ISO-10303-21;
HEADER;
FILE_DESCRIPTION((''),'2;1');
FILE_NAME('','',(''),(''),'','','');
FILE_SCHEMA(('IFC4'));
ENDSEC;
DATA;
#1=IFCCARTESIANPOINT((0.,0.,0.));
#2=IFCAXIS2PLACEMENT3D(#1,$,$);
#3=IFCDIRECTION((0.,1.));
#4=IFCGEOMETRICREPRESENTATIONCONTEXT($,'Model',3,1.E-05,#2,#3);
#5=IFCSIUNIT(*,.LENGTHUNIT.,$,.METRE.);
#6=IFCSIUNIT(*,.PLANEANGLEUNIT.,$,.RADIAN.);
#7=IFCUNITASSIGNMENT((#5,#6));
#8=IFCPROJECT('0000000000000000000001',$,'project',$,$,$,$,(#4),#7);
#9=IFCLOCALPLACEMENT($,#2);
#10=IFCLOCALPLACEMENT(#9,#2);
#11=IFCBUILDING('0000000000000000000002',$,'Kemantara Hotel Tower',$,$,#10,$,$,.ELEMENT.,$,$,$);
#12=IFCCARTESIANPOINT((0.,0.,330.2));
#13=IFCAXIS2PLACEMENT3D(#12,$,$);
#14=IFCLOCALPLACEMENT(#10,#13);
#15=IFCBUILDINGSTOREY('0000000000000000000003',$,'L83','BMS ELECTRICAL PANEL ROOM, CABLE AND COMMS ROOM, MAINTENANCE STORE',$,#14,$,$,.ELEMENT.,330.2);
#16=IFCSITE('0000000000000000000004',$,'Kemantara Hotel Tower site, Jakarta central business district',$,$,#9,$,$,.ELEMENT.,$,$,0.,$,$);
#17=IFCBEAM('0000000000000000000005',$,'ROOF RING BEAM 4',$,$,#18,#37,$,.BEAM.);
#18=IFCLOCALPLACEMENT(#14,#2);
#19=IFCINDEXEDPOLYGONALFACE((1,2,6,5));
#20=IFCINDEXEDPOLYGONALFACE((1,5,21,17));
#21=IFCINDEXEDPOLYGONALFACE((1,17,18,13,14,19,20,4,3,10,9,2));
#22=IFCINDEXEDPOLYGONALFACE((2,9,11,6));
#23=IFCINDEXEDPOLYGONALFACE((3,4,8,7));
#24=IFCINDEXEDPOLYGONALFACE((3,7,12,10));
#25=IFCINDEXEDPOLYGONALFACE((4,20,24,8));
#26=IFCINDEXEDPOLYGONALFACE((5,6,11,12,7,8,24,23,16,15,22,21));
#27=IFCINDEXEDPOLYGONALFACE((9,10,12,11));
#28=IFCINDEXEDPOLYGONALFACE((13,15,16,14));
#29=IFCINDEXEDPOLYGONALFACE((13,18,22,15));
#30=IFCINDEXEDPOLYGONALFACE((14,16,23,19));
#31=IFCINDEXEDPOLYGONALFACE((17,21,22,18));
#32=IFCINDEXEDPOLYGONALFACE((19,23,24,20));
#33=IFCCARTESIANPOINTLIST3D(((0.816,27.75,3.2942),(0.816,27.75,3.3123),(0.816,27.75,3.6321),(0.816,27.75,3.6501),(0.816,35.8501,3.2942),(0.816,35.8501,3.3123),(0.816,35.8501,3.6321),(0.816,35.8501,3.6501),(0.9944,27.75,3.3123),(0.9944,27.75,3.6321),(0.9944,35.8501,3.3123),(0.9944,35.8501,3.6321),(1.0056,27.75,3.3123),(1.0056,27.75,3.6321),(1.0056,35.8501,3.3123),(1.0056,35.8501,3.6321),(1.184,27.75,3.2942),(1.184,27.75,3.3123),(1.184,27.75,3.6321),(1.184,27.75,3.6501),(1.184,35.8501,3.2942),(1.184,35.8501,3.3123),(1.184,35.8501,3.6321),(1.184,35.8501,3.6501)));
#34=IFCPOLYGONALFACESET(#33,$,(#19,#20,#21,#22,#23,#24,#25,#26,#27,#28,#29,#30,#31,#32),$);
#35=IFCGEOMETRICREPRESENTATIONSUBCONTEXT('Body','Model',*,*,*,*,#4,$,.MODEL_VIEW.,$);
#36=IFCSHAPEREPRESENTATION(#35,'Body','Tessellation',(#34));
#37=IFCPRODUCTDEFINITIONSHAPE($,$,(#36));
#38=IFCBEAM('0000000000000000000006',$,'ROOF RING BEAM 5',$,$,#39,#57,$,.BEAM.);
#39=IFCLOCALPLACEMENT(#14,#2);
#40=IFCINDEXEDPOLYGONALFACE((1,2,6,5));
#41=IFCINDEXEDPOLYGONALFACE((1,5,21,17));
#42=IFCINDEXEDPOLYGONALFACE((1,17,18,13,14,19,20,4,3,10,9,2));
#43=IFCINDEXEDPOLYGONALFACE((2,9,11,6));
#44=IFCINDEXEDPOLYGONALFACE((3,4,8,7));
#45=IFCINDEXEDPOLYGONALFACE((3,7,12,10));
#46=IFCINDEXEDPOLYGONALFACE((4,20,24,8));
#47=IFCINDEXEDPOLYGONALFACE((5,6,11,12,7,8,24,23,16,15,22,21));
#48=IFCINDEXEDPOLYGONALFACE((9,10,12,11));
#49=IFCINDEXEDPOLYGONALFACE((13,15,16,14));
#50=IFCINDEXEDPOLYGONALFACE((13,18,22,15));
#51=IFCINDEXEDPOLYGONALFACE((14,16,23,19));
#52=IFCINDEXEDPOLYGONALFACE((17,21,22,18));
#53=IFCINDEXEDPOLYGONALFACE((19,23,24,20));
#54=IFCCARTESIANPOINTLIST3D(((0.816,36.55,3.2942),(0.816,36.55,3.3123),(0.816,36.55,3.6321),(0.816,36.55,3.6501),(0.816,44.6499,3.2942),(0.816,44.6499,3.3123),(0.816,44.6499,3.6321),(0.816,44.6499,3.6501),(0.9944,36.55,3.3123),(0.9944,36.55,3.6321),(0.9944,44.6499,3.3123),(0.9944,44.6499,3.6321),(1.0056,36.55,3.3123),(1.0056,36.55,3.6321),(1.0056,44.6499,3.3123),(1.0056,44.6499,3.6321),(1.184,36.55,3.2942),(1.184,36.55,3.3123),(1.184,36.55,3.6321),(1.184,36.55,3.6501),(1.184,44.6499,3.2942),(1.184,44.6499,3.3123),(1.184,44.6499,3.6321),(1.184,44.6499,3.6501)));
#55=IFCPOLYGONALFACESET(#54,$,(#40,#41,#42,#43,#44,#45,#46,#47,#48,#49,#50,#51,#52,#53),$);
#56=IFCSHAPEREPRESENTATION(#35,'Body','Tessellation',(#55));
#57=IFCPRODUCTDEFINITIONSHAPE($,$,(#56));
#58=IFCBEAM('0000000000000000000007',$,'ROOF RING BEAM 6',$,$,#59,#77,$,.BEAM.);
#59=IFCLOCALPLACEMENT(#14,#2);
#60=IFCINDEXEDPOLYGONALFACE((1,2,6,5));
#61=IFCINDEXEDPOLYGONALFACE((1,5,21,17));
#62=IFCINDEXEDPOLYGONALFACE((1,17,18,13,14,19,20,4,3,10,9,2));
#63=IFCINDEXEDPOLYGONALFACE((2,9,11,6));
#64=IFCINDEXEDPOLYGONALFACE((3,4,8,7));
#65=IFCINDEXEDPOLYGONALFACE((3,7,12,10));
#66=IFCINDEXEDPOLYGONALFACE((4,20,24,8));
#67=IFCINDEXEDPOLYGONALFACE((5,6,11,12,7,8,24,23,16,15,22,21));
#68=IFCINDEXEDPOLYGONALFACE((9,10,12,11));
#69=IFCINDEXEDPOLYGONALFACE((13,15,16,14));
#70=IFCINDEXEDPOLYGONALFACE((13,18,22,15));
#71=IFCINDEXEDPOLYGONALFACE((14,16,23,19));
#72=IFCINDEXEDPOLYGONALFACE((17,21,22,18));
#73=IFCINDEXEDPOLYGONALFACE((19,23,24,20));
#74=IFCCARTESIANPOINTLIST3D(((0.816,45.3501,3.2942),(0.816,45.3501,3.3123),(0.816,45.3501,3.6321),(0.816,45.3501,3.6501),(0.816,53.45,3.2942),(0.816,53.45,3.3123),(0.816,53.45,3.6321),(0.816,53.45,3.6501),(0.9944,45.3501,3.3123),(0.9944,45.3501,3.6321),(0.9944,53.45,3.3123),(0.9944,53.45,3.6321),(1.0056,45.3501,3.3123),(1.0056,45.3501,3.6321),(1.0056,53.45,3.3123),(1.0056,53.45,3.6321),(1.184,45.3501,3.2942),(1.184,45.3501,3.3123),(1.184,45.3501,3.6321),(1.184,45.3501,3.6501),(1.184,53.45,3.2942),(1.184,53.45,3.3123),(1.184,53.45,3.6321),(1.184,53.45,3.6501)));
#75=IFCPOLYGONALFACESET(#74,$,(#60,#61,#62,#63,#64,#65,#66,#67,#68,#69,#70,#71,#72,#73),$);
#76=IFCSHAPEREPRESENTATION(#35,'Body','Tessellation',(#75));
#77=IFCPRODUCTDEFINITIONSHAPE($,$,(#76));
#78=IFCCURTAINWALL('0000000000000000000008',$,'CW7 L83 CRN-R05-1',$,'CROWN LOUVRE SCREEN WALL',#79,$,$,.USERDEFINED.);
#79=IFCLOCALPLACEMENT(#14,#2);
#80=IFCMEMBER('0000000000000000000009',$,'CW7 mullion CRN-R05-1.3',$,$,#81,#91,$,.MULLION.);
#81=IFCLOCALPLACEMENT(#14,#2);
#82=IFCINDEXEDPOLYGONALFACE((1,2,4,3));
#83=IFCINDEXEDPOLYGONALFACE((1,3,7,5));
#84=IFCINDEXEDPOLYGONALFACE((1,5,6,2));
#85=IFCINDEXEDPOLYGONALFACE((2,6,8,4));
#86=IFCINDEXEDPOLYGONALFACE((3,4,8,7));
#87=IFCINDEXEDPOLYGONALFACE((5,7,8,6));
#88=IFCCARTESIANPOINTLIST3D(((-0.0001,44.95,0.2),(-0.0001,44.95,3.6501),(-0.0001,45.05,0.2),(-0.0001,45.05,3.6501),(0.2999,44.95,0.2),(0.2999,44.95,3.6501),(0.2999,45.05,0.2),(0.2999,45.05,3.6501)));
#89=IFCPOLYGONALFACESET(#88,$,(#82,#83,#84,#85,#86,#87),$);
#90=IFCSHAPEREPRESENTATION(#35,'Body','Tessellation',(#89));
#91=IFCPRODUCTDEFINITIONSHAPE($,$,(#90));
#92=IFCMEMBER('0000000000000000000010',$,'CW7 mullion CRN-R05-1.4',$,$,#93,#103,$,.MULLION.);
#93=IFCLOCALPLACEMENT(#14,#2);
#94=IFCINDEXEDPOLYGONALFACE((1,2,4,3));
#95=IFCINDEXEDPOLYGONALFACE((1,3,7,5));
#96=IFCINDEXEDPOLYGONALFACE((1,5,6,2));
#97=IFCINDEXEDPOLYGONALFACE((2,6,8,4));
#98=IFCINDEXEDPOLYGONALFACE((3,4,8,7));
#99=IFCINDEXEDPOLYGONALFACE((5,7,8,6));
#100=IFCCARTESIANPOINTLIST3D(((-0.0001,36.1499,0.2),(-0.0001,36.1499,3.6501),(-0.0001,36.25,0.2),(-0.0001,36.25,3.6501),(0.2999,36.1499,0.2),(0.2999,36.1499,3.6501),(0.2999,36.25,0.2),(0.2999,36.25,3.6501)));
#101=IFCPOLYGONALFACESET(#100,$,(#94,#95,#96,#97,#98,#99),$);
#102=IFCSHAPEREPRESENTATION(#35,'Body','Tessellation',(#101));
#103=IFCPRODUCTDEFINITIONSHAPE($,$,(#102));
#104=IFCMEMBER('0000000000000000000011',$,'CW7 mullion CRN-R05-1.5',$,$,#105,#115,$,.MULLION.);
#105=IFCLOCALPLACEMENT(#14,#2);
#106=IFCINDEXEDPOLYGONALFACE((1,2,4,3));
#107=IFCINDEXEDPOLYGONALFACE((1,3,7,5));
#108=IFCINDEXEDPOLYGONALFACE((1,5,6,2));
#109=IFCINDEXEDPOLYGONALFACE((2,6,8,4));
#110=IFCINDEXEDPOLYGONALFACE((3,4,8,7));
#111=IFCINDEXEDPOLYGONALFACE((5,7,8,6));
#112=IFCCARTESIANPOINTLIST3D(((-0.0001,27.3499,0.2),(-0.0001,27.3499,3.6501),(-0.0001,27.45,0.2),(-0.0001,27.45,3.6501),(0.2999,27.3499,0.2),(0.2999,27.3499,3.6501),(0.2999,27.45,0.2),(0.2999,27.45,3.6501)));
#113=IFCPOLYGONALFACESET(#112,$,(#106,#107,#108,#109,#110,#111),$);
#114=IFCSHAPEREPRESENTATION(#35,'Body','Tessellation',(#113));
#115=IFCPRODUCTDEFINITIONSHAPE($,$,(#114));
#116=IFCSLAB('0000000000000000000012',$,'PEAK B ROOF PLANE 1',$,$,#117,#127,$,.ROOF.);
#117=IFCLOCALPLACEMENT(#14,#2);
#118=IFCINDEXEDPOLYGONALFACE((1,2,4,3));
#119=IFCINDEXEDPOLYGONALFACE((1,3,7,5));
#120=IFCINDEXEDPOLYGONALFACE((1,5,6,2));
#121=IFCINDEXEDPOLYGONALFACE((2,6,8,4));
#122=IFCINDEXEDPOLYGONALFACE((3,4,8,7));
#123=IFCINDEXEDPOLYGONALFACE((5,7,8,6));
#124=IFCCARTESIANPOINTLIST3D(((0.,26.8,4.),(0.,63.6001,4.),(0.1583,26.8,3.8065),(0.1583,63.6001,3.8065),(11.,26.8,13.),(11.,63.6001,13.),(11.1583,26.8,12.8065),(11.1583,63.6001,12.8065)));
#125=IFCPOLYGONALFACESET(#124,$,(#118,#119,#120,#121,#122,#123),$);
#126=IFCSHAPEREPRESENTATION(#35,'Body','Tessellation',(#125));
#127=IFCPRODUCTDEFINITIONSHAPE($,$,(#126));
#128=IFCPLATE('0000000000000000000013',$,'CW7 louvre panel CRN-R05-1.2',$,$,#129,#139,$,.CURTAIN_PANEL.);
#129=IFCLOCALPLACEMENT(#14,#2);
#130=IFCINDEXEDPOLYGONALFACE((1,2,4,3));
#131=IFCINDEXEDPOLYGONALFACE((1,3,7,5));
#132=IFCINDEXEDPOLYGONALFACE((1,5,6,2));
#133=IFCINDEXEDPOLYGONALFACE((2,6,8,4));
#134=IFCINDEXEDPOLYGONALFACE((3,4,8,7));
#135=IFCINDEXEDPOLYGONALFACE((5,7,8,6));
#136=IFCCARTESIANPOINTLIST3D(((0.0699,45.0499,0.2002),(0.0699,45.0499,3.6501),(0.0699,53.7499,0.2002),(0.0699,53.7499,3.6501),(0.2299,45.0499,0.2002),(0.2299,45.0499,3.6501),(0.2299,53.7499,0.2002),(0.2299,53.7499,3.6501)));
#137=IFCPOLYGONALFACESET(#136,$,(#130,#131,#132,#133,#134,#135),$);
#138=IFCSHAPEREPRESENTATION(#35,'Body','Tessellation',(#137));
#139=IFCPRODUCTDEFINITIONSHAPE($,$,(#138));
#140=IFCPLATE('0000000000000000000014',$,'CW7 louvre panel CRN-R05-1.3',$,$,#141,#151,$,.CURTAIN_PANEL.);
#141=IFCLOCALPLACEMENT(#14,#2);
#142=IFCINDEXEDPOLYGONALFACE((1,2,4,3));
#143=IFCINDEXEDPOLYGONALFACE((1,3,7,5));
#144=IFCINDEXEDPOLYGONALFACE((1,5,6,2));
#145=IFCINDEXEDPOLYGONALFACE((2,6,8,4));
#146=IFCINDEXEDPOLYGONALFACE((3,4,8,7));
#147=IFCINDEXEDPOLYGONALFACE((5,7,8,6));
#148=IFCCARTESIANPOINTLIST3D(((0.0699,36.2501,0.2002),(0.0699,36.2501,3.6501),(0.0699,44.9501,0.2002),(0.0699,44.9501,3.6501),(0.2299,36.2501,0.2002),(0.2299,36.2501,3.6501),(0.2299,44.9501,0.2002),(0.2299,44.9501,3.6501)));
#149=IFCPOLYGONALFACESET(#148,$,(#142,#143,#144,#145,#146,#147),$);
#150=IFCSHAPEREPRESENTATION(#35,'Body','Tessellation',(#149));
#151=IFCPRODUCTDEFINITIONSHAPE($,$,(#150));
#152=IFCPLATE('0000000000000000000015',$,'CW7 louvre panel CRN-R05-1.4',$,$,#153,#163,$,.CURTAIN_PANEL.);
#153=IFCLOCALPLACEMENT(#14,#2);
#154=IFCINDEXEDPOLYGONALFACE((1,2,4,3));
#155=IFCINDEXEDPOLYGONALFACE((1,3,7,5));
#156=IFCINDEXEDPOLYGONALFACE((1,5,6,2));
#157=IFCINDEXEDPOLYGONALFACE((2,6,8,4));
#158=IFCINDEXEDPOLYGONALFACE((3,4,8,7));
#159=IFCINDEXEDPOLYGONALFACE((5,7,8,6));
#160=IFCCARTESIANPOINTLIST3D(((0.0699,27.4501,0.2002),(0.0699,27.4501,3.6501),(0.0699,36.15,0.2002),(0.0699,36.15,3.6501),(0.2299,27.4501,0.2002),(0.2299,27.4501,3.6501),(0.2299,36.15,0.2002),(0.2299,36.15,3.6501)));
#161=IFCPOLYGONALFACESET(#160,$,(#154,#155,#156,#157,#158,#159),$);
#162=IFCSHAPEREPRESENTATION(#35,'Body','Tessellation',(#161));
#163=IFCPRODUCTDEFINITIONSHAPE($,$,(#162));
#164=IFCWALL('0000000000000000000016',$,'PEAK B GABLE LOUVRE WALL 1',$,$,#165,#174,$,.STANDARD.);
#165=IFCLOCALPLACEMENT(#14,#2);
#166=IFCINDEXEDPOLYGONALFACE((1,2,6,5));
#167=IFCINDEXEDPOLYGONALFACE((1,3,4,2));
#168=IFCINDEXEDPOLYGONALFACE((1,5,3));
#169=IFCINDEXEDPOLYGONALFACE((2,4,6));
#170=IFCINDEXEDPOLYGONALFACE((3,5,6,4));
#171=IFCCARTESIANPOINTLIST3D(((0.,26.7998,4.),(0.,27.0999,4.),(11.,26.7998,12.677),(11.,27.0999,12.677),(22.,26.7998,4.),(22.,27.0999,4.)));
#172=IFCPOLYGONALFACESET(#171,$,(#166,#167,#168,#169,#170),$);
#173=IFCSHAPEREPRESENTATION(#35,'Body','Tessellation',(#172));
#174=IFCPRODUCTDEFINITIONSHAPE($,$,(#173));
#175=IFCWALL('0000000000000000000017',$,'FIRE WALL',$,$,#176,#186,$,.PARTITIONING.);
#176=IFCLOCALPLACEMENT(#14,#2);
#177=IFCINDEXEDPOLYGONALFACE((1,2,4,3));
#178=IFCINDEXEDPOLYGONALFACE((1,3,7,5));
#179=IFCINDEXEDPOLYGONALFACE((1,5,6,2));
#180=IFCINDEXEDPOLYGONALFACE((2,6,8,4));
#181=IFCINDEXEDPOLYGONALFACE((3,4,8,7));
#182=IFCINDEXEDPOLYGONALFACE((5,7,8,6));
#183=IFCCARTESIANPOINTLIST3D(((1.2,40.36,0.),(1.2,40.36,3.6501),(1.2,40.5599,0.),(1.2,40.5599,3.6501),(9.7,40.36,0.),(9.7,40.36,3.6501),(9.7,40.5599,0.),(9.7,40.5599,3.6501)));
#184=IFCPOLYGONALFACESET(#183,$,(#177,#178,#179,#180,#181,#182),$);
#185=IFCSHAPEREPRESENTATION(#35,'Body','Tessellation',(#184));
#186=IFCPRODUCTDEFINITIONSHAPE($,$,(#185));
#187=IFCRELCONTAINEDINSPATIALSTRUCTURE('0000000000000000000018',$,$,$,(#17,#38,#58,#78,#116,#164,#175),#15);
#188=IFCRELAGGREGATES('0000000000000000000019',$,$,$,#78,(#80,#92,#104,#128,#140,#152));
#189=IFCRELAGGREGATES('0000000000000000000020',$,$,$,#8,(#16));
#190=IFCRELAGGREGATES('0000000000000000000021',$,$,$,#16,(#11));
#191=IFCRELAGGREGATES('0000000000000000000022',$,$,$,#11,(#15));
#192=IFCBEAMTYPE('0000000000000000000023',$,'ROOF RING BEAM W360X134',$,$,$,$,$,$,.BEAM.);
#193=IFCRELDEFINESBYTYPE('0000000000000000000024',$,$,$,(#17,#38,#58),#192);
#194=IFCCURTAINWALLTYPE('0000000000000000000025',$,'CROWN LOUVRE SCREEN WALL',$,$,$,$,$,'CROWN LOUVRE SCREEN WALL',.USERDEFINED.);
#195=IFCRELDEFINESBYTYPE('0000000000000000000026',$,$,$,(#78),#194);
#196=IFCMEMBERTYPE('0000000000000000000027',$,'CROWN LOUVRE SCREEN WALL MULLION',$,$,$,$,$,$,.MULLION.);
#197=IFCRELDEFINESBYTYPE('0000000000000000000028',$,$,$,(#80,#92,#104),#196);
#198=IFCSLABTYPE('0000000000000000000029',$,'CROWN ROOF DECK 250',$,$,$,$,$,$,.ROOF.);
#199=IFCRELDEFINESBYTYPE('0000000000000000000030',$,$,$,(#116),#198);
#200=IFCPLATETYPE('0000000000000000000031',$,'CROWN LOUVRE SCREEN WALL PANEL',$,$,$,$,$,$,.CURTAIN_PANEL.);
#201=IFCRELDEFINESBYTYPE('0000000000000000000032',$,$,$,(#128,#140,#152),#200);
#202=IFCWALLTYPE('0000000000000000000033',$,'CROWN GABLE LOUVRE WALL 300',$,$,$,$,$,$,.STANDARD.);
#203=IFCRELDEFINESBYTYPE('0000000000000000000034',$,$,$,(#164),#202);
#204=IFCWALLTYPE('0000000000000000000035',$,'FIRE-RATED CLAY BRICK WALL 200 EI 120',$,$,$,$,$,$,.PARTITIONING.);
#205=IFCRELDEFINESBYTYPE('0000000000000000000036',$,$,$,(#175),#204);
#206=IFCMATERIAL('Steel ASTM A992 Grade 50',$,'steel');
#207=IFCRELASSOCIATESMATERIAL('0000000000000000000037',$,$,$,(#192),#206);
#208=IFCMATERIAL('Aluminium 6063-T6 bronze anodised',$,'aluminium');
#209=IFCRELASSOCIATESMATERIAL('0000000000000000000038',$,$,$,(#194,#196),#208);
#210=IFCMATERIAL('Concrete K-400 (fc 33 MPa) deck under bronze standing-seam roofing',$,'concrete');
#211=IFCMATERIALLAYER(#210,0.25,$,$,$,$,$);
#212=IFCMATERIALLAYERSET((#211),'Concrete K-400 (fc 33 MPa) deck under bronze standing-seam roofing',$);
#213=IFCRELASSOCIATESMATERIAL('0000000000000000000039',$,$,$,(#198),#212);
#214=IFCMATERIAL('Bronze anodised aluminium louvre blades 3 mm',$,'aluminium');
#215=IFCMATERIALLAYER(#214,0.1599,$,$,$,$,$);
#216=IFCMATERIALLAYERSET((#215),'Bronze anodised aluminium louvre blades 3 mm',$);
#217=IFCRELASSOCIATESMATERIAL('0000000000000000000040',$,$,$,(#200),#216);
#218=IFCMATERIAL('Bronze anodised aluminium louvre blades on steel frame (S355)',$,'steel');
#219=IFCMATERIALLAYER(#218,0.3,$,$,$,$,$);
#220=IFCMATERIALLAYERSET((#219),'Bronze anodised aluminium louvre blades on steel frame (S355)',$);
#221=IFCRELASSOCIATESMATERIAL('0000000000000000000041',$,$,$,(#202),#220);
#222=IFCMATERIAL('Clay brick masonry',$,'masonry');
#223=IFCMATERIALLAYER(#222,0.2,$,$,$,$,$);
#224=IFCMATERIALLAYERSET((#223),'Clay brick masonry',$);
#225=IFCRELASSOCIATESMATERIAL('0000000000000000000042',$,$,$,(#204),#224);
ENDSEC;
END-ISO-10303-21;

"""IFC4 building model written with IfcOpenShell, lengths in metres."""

from ifc_helpers import new_model, si_unit, direction, frame, frame_2d, origin, origin_2d, place, context, subcontext, project, spatial, polyline, rectangle, i_section, outline, extrude, source, transform, mapped, material, layer, layer_set, material_profile, profile_set, type_object, element, aggregate, save


model = new_model("IFC4")

# Units and contexts
model_context = context("Model", 3, precision=1e-05, world=origin(), true_north=direction((0.0, 1.0)))
body_context = subcontext(model_context, "Body", "Model", "MODEL_VIEW")
ifc_project = project(units=[si_unit("LENGTHUNIT", "METRE"), si_unit("PLANEANGLEUNIT", "RADIAN")], contexts=[model_context])

# Site, building, storey
site_placement = place(None, origin())
site = spatial("IfcSite", under=ifc_project, at=site_placement, Name="Kemantara Hotel Tower site, Jakarta central business district", CompositionType="ELEMENT", RefElevation=0.0)
building_placement = place(site_placement, origin())
building = spatial("IfcBuilding", under=site, at=building_placement, Name="Kemantara Hotel Tower", CompositionType="ELEMENT")
storey_placement = place(building_placement, frame((0.0, 0.0, 330.2)))
storey = spatial("IfcBuildingStorey", under=building, at=storey_placement, Name="L83", Description="BMS ELECTRICAL PANEL ROOM, CABLE AND COMMS ROOM, MAINTENANCE STORE", CompositionType="ELEMENT", Elevation=330.2)

# Shared definitions
ifc_material_1 = material(Name="Steel ASTM A992 Grade 50", Category="steel")

# Beams
ifc_material_profile_1 = material_profile(ifc_material_1, i_section(OverallWidth=0.3679, OverallDepth=0.356, WebThickness=0.0112, FlangeThickness=0.0181, at=origin_2d()), Name="W360X134")
ifc_profile_set_1 = profile_set([ifc_material_profile_1], Name="Steel ASTM A992 Grade 50")
beam_type_1 = type_object("IfcBeamType", Name="ROOF RING BEAM W360X134", PredefinedType="BEAM", material=ifc_profile_set_1)
beam_1_placement = place(storey_placement, frame((1.0, 27.75, 3.4722), z_axis=(0.0, 1.0, 0.0), x_axis=(-1.0, 0.0, 0.0)))
element("IfcBeam", 1, at=beam_1_placement, inside=storey, type_object=beam_type_1, Name="ROOF RING BEAM 4", PredefinedType="BEAM", context=body_context, shape_type="SweptSolid", body=[
    extrude(i_section(OverallWidth=0.3679, OverallDepth=0.356, WebThickness=0.0112, FlangeThickness=0.0181, at=origin_2d()), origin(), (0.0, 0.0, 1.0), 8.1001),
])
for number, where, z_axis, x_axis, name in (
    (2, (1.0, 36.55, 3.4722), (0.0, 1.0, 0.0), (-1.0, 0.0, 0.0), "ROOF RING BEAM 5"),
    (3, (1.0, 45.3501, 3.4722), (0.0, 1.0, 0.0), (-1.0, 0.0, 0.0), "ROOF RING BEAM 6"),
):
    element("IfcBeam", number, at=place(storey_placement, frame(where, z_axis=z_axis, x_axis=x_axis)), inside=storey, type_object=beam_type_1, Name=name, PredefinedType="BEAM", context=body_context, shape_type="SweptSolid", body=[
        extrude(i_section(OverallWidth=0.3679, OverallDepth=0.356, WebThickness=0.0112, FlangeThickness=0.0181, at=origin_2d()), origin(), (0.0, 0.0, 1.0), 8.0999),
    ])

# Curtain wall, members
ifc_material_2 = material(Name="Aluminium 6063-T6 bronze anodised", Category="aluminium")
curtain_wall_type = type_object("IfcCurtainWallType", Name="CROWN LOUVRE SCREEN WALL", ElementType="CROWN LOUVRE SCREEN WALL", PredefinedType="USERDEFINED", material=ifc_material_2)
curtain_wall_placement = place(storey_placement, origin())
curtain_wall = element("IfcCurtainWall", 4, at=curtain_wall_placement, inside=storey, type_object=curtain_wall_type, Name="CW7 L83 CRN-R05-1", ObjectType="CROWN LOUVRE SCREEN WALL", PredefinedType="USERDEFINED")
ifc_material_profile_2 = material_profile(ifc_material_2, rectangle(XDim=0.3, YDim=0.1001, at=origin_2d()), Name="CROWN LOUVRE SCREEN WALL MULLION")
ifc_profile_set_2 = profile_set([ifc_material_profile_2], Name="Aluminium 6063-T6 bronze anodised")
member_type_1 = type_object("IfcMemberType", Name="CROWN LOUVRE SCREEN WALL MULLION", PredefinedType="MULLION", material=ifc_profile_set_2)
shared_shape_1 = source(origin(), body_context, "Body", "SweptSolid", [
    extrude(rectangle(XDim=0.3, YDim=0.1001, at=origin_2d()), origin(), (0.0, 0.0, 1.0), 3.4502),
])
member_1_placement = place(storey_placement, frame((0.1499, 45.0, 0.2), z_axis=(0.0, 0.0, 1.0), x_axis=(1.0, 0.0, 0.0)))
member_1 = element("IfcMember", 5, at=member_1_placement, type_object=member_type_1, Name="CW7 mullion CRN-R05-1.3", PredefinedType="MULLION", context=body_context, shape_type="MappedRepresentation", body=[
    mapped(shared_shape_1, transform((0.0, 0.0, 0.0))),
])
member_2_placement = place(storey_placement, frame((0.1499, 36.2, 0.2), z_axis=(0.0, 0.0, 1.0), x_axis=(1.0, 0.0, 0.0)))
member_2 = element("IfcMember", 6, at=member_2_placement, type_object=member_type_1, Name="CW7 mullion CRN-R05-1.4", PredefinedType="MULLION", context=body_context, shape_type="MappedRepresentation", body=[
    mapped(shared_shape_1, transform((0.0, 0.0, 0.0))),
])
member_3_placement = place(storey_placement, frame((0.1499, 27.3999, 0.2), z_axis=(0.0, 0.0, 1.0), x_axis=(1.0, 0.0, 0.0)))
member_3 = element("IfcMember", 7, at=member_3_placement, type_object=member_type_1, Name="CW7 mullion CRN-R05-1.5", PredefinedType="MULLION", context=body_context, shape_type="MappedRepresentation", body=[
    mapped(shared_shape_1, transform((0.0, 0.0, 0.0))),
])

# Slab
ifc_material_3 = material(Name="Concrete K-400 (fc 33 MPa) deck under bronze standing-seam roofing", Category="concrete")
ifc_layer_1 = layer(ifc_material_3, 0.25)
ifc_layer_set_1 = layer_set([ifc_layer_1], Name="Concrete K-400 (fc 33 MPa) deck under bronze standing-seam roofing")
slab_type = type_object("IfcSlabType", Name="CROWN ROOF DECK 250", PredefinedType="ROOF", material=ifc_layer_set_1)
slab_placement = place(storey_placement, frame((0.0, 26.8, 4.0), z_axis=(-0.633238, 0.0, 0.773957), x_axis=(0.773957, 0.0, 0.633238)))
element("IfcSlab", 8, at=slab_placement, inside=storey, type_object=slab_type, Name="PEAK B ROOF PLANE 1", PredefinedType="ROOF", context=body_context, shape_type="SweptSolid", body=[
    extrude(outline(polyline([(0.0, 0.0), (14.2127, 0.0), (14.2127, 36.8), (0.0, 36.8), (0.0, 0.0)])), origin(), (0.0, 0.0, -1.0), 0.25),
])

# Plates
ifc_material_4 = material(Name="Bronze anodised aluminium louvre blades 3 mm", Category="aluminium")
ifc_layer_2 = layer(ifc_material_4, 0.1599)
ifc_layer_set_2 = layer_set([ifc_layer_2], Name="Bronze anodised aluminium louvre blades 3 mm")
plate_type = type_object("IfcPlateType", Name="CROWN LOUVRE SCREEN WALL PANEL", PredefinedType="CURTAIN_PANEL", material=ifc_layer_set_2)
shared_shape_2 = source(origin(), body_context, "Body", "SweptSolid", [
    extrude(rectangle(XDim=8.7, YDim=0.1599, at=origin_2d()), origin(), (0.0, 0.0, 1.0), 3.45),
])
plate_1_placement = place(storey_placement, frame((0.1499, 49.3999, 0.2002), z_axis=(0.0, 0.0, 1.0), x_axis=(0.0, -1.0, 0.0)))
plate_1 = element("IfcPlate", 9, at=plate_1_placement, type_object=plate_type, Name="CW7 louvre panel CRN-R05-1.2", PredefinedType="CURTAIN_PANEL", context=body_context, shape_type="MappedRepresentation", body=[
    mapped(shared_shape_2, transform((0.0, 0.0, 0.0))),
])
plate_2_placement = place(storey_placement, frame((0.1499, 40.6001, 0.2002), z_axis=(0.0, 0.0, 1.0), x_axis=(0.0, -1.0, 0.0)))
plate_2 = element("IfcPlate", 10, at=plate_2_placement, type_object=plate_type, Name="CW7 louvre panel CRN-R05-1.3", PredefinedType="CURTAIN_PANEL", context=body_context, shape_type="MappedRepresentation", body=[
    mapped(shared_shape_2, transform((0.0, 0.0, 0.0))),
])
plate_3_placement = place(storey_placement, frame((0.1499, 31.8, 0.2002), z_axis=(0.0, 0.0, 1.0), x_axis=(0.0, -1.0, 0.0)))
plate_3 = element("IfcPlate", 11, at=plate_3_placement, type_object=plate_type, Name="CW7 louvre panel CRN-R05-1.4", PredefinedType="CURTAIN_PANEL", context=body_context, shape_type="MappedRepresentation", body=[
    mapped(shared_shape_2, transform((0.0, 0.0, 0.0))),
])
aggregate(curtain_wall, [member_1, member_2, member_3, plate_1, plate_2, plate_3])

# Walls
ifc_material_5 = material(Name="Bronze anodised aluminium louvre blades on steel frame (S355)", Category="steel")
ifc_layer_3 = layer(ifc_material_5, 0.3)
ifc_layer_set_3 = layer_set([ifc_layer_3], Name="Bronze anodised aluminium louvre blades on steel frame (S355)")
wall_type_1 = type_object("IfcWallType", Name="CROWN GABLE LOUVRE WALL 300", PredefinedType="STANDARD", material=ifc_layer_set_3)
wall_1_placement = place(storey_placement, frame((0.0, 26.95, 4.0), z_axis=(0.0, 0.0, 1.0), x_axis=(1.0, 0.0, 0.0)))
element("IfcWall", 12, at=wall_1_placement, inside=storey, type_object=wall_type_1, Name="PEAK B GABLE LOUVRE WALL 1", PredefinedType="STANDARD", context=body_context, shape_type="SweptSolid", body=[
    extrude(outline(polyline([(0.0, 0.0), (22.0, 0.0), (22.0, 0.0), (11.0, 8.677), (0.0, 0.0), (0.0, 0.0)])), frame((0.0, 0.1499, 0.0), z_axis=(0.0, -1.0, 0.0), x_axis=(1.0, 0.0, 0.0)), (0.0, 0.0, 1.0), 0.3),
])
ifc_material_6 = material(Name="Clay brick masonry", Category="masonry")
ifc_layer_4 = layer(ifc_material_6, 0.2)
ifc_layer_set_4 = layer_set([ifc_layer_4], Name="Clay brick masonry")
wall_type_2 = type_object("IfcWallType", Name="FIRE-RATED CLAY BRICK WALL 200 EI 120", PredefinedType="PARTITIONING", material=ifc_layer_set_4)
wall_2_placement = place(storey_placement, frame((1.2, 40.46, 0.0), z_axis=(0.0, 0.0, 1.0), x_axis=(1.0, 0.0, 0.0)))
element("IfcWall", 13, at=wall_2_placement, inside=storey, type_object=wall_type_2, Name="FIRE WALL", PredefinedType="PARTITIONING", context=body_context, shape_type="SweptSolid", body=[
    extrude(rectangle(XDim=8.5, YDim=0.2, at=frame_2d((4.25, 0.0))), origin(), (0.0, 0.0, 1.0), 3.6501),
])

save(model, "model.ifc")
